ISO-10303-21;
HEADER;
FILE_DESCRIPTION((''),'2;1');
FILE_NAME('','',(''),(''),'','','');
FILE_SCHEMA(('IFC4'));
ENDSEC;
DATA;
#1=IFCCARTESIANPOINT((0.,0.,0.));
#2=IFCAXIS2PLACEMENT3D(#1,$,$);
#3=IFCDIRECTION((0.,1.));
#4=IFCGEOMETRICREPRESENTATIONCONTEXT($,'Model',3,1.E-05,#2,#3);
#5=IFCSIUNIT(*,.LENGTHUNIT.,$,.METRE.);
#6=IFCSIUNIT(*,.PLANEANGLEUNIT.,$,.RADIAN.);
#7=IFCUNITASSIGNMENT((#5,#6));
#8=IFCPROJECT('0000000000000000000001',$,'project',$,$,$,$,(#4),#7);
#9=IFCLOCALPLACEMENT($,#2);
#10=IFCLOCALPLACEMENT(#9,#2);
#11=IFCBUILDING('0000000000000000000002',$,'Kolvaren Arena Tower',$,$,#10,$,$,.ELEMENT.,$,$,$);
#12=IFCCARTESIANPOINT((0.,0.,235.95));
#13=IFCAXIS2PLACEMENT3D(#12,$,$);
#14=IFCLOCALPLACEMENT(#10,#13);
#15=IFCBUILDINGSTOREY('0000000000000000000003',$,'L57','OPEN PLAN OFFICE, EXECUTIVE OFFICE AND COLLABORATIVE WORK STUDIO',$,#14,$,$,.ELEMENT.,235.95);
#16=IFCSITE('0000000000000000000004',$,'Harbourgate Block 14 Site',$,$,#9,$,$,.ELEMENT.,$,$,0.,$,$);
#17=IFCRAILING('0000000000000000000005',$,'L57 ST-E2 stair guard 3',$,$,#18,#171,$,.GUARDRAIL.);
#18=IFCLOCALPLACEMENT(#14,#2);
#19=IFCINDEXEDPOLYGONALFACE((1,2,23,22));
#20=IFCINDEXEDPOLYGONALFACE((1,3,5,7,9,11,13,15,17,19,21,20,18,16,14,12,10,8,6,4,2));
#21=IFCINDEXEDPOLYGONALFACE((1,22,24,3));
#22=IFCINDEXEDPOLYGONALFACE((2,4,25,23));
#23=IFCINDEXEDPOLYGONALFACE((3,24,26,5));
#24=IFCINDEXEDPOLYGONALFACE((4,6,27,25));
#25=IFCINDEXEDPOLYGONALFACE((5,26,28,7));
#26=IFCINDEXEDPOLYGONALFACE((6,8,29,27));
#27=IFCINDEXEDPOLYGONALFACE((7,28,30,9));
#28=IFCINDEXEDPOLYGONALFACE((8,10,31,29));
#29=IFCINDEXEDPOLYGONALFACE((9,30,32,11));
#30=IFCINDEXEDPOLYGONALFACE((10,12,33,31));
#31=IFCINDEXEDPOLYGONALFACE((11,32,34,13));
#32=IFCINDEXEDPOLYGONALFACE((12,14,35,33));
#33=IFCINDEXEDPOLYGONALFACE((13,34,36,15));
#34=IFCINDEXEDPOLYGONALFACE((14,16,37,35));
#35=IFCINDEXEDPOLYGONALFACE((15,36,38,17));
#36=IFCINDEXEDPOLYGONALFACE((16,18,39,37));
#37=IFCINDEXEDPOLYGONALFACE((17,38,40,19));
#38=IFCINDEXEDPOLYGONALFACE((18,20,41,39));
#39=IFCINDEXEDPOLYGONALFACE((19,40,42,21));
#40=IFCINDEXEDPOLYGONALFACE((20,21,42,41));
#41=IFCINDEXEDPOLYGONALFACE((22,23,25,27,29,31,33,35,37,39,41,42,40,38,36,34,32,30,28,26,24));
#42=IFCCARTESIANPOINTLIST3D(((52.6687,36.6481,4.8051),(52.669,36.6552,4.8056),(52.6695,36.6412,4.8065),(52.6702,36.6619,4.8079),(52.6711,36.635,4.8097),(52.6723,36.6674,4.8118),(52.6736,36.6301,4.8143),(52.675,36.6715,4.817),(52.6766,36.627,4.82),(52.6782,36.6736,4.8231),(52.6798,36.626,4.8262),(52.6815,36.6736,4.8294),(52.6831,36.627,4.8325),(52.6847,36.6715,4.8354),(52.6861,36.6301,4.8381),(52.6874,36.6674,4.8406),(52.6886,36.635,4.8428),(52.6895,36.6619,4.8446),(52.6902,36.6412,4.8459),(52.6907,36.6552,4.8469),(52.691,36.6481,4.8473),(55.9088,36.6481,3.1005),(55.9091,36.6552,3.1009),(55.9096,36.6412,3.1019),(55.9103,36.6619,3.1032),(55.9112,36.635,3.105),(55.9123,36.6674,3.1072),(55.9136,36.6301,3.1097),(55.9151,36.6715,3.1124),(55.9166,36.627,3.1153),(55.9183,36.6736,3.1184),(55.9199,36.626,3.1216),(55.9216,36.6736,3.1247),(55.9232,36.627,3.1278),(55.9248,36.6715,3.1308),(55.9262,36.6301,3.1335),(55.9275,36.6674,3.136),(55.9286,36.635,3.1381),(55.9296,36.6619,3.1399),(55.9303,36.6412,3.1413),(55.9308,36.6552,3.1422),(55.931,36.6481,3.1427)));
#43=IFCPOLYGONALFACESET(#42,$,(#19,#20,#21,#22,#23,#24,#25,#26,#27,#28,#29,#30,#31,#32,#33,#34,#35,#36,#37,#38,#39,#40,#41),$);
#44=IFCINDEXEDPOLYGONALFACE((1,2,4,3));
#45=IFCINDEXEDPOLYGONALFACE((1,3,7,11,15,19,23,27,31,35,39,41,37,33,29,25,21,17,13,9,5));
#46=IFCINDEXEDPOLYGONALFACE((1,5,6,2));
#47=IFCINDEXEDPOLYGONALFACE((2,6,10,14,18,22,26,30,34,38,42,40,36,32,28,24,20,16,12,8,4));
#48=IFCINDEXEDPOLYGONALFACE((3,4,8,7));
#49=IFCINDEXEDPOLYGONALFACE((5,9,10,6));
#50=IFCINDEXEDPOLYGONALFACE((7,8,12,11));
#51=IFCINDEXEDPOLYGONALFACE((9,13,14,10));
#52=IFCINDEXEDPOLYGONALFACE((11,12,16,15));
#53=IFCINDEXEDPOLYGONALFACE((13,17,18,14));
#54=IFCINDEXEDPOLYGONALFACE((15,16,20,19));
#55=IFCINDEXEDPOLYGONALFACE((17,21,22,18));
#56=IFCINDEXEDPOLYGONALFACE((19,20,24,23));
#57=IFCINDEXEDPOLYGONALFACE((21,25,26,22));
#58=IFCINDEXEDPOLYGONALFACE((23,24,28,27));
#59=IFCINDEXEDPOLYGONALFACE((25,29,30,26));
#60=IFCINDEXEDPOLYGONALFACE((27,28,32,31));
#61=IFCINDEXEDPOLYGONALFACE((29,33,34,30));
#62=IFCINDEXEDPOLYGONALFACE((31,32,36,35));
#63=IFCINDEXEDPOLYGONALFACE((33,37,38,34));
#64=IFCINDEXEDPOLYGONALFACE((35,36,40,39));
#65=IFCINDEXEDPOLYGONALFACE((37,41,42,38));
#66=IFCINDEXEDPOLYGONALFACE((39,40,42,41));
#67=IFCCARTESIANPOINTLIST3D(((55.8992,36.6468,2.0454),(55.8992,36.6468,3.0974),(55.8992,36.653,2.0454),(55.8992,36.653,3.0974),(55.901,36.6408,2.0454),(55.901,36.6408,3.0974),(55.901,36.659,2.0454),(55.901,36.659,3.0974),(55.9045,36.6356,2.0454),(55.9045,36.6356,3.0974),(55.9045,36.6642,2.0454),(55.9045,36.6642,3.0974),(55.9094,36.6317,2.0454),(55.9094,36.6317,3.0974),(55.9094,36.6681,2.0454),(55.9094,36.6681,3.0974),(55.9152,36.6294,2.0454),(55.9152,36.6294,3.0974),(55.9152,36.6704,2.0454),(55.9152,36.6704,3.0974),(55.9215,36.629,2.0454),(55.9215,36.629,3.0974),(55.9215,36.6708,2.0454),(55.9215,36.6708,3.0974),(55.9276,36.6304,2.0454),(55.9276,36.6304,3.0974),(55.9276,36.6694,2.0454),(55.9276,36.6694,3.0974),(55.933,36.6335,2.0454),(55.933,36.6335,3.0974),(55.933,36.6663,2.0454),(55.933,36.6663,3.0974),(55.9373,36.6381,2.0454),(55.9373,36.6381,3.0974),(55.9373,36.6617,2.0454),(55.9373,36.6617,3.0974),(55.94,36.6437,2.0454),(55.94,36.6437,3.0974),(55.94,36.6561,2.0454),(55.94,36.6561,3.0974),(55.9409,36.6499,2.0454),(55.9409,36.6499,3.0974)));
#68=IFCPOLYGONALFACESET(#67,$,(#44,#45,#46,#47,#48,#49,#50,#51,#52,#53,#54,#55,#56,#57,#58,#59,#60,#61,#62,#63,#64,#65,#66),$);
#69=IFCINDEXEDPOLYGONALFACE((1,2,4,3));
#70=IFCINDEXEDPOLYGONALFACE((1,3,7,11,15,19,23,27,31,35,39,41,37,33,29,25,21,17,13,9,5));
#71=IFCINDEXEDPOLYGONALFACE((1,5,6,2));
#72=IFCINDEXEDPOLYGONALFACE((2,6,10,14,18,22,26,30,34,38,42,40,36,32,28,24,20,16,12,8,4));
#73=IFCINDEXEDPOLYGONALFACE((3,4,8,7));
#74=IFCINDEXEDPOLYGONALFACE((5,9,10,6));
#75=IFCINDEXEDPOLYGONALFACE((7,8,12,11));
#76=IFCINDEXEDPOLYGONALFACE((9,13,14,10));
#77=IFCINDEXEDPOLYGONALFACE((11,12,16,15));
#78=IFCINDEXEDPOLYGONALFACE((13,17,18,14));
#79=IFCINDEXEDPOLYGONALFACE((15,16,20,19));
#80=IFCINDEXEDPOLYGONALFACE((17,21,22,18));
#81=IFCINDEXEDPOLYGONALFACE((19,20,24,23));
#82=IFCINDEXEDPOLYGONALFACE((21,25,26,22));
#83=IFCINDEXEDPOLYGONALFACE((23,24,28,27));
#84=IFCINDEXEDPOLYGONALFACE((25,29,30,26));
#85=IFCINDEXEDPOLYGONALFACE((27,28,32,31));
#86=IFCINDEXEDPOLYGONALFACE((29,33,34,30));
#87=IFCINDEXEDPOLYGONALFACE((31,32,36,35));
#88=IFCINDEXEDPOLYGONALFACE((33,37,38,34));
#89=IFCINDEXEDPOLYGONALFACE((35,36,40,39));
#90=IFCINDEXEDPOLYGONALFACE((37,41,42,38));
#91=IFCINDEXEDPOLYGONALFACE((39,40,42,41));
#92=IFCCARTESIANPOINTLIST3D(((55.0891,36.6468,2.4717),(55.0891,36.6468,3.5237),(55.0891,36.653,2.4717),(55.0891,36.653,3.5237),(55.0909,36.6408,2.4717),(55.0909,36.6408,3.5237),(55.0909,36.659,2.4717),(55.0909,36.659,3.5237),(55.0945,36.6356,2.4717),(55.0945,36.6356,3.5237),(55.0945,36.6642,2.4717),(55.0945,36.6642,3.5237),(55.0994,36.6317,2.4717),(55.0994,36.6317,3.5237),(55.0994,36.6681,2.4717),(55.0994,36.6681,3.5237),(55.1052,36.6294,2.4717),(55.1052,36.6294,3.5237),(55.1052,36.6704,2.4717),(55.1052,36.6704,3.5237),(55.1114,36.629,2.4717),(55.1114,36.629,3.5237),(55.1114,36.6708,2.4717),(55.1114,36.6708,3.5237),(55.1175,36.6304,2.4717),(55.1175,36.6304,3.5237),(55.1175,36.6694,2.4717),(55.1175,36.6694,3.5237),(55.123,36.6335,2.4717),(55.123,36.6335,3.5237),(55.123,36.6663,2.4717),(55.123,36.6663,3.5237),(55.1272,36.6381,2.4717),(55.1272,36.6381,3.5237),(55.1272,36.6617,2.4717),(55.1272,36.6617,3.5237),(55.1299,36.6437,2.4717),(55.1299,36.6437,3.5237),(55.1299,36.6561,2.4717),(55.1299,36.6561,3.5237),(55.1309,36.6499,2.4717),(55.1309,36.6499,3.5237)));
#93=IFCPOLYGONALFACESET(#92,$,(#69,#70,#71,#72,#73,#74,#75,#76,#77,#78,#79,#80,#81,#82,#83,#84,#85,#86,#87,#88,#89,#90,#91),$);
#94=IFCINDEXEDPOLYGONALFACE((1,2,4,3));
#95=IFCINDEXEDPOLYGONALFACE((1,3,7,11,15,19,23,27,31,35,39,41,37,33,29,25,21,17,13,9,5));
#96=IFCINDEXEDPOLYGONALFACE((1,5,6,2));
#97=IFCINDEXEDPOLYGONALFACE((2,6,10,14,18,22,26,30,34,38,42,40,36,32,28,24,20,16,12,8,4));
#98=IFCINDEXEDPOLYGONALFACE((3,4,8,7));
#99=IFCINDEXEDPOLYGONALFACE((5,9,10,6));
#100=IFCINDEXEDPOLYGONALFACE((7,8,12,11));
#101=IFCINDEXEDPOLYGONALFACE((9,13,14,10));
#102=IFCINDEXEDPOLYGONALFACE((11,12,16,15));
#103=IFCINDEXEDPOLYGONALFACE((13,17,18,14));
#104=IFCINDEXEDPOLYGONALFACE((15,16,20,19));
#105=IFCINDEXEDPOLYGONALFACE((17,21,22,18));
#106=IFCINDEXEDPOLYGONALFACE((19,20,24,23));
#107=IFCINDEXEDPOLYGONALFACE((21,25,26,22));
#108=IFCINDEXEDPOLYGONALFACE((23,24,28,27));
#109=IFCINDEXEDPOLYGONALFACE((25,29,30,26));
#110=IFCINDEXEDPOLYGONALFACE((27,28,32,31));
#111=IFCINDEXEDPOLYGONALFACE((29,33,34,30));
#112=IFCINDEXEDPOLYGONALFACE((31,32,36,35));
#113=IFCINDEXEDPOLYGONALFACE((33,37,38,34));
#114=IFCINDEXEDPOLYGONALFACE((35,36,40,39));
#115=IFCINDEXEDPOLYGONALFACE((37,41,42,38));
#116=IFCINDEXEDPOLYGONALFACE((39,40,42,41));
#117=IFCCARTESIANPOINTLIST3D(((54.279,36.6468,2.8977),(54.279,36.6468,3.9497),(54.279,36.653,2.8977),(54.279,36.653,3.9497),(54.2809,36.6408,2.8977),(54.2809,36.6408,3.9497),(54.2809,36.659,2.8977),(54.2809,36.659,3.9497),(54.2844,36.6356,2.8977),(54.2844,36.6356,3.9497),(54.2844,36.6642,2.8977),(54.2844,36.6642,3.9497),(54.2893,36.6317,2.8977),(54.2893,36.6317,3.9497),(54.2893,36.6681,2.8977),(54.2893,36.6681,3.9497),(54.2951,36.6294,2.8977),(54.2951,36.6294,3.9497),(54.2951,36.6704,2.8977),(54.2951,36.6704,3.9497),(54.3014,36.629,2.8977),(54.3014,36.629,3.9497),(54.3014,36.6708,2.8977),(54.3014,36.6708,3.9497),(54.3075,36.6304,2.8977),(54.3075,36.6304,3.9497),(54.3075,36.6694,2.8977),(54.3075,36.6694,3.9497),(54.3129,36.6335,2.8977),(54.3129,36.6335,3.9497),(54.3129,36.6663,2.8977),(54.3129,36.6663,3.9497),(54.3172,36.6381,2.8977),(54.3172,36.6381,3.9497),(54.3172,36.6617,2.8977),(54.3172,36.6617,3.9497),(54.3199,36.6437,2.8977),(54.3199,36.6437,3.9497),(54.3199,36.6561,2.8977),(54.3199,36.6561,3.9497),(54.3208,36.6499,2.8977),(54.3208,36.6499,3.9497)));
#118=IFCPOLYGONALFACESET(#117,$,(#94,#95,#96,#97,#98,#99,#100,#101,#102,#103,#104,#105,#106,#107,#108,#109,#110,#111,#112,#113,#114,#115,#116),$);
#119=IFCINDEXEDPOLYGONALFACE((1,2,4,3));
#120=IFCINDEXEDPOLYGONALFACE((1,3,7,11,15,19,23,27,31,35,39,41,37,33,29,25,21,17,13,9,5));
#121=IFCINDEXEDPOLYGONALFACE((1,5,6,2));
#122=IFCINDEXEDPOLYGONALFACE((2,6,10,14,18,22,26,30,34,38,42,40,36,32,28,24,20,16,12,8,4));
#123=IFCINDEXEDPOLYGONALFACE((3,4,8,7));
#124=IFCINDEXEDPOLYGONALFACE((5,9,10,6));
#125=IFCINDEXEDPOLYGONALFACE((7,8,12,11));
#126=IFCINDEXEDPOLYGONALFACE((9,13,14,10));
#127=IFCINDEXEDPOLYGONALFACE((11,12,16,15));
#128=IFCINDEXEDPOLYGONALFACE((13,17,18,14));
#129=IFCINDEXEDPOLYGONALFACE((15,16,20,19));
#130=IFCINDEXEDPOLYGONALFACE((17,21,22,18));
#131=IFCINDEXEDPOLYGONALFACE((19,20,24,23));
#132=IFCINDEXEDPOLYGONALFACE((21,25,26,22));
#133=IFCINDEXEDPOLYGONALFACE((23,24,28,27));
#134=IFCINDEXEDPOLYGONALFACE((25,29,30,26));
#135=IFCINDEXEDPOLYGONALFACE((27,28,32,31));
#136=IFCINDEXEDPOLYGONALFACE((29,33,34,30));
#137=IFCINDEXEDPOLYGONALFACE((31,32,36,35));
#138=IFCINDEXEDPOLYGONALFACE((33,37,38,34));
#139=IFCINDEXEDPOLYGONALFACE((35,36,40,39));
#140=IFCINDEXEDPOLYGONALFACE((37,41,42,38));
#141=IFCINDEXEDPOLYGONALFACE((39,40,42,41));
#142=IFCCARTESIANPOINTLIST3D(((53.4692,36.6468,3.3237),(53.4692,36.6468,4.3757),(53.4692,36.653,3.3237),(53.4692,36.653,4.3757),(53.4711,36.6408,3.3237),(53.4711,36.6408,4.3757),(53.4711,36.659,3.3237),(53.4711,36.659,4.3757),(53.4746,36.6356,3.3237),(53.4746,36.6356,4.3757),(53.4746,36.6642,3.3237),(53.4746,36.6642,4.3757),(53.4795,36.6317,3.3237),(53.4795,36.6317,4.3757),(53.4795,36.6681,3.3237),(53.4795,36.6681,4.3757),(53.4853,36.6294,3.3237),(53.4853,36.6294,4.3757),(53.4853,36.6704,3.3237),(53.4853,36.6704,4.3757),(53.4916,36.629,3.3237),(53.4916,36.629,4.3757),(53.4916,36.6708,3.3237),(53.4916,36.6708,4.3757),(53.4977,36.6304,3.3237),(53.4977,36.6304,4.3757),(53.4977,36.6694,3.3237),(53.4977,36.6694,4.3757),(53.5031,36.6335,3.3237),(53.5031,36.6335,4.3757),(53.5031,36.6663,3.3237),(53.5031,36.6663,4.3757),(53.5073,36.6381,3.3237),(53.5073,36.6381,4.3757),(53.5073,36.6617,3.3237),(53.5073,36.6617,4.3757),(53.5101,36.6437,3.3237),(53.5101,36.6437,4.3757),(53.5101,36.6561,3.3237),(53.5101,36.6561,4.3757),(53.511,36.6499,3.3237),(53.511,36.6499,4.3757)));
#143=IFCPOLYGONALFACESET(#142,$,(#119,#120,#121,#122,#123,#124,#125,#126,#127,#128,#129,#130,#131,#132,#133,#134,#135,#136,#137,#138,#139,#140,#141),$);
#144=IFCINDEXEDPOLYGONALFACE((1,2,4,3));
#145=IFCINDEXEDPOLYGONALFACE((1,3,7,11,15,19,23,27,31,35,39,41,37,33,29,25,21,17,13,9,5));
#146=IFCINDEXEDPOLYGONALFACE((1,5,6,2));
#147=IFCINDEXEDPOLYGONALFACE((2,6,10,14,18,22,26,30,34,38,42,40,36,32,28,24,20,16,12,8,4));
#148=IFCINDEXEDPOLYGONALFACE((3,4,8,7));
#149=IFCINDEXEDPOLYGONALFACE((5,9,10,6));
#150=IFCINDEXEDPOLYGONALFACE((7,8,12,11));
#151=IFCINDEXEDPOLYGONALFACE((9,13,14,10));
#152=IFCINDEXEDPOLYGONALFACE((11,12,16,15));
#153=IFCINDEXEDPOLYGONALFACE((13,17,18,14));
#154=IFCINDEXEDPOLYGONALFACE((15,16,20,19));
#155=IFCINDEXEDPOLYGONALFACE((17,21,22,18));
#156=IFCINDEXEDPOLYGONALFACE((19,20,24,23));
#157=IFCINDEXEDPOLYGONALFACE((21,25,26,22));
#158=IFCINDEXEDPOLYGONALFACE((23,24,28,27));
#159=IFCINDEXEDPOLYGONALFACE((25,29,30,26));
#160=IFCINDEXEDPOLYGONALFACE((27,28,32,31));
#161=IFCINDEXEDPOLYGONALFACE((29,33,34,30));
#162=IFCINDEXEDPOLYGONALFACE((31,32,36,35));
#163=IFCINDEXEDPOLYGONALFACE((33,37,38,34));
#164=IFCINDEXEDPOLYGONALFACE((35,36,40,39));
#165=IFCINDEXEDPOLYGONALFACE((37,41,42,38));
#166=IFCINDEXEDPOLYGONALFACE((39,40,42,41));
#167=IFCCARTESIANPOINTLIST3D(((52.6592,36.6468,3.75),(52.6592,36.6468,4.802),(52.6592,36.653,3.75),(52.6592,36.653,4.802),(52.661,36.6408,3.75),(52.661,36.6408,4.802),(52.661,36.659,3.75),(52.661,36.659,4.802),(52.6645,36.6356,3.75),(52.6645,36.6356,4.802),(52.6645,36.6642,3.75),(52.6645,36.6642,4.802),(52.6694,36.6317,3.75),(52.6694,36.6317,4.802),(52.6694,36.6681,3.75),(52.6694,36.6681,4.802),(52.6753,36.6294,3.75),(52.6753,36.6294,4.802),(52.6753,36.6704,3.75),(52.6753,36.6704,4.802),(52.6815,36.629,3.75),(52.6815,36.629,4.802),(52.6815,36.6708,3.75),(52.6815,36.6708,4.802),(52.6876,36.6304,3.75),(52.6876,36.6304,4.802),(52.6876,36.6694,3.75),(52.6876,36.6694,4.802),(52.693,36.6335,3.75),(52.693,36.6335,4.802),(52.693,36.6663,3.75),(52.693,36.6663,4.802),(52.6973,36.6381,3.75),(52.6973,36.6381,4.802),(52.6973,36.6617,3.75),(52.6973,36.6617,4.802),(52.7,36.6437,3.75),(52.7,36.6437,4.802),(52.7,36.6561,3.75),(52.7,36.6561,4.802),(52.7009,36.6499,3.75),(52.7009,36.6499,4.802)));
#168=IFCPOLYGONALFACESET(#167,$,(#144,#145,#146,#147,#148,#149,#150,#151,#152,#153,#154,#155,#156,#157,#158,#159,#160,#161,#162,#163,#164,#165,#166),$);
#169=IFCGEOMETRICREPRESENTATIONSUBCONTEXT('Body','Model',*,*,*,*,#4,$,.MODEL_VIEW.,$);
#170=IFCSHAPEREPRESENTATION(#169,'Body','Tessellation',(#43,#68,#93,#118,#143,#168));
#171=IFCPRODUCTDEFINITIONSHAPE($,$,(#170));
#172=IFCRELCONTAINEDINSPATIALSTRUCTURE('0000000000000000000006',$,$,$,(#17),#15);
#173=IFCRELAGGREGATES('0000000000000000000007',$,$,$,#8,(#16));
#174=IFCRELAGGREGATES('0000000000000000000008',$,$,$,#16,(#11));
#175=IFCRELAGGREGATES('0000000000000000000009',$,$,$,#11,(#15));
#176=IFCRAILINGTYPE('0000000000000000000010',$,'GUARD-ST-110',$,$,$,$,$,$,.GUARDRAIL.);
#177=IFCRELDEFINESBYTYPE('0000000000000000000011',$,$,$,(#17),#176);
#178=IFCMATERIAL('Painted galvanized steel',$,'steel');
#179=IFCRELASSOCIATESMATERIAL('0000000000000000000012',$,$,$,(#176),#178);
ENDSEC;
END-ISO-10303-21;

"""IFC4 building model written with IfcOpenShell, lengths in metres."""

from ifc_helpers import new_model, si_unit, direction, frame, origin, origin_2d, place, context, subcontext, project, spatial, circle, extrude, material, type_object, element, save


model = new_model("IFC4")

# Units and contexts
model_context = context("Model", 3, precision=1e-05, world=origin(), true_north=direction((0.0, 1.0)))
body_context = subcontext(model_context, "Body", "Model", "MODEL_VIEW")
ifc_project = project(units=[si_unit("LENGTHUNIT", "METRE"), si_unit("PLANEANGLEUNIT", "RADIAN")], contexts=[model_context])

# Site, building, storey
site_placement = place(None, origin())
site = spatial("IfcSite", under=ifc_project, at=site_placement, Name="Harbourgate Block 14 Site", CompositionType="ELEMENT", RefElevation=0.0)
building_placement = place(site_placement, origin())
building = spatial("IfcBuilding", under=site, at=building_placement, Name="Kolvaren Arena Tower", CompositionType="ELEMENT")
storey_placement = place(building_placement, frame((0.0, 0.0, 235.95)))
storey = spatial("IfcBuildingStorey", under=building, at=storey_placement, Name="L57", Description="OPEN PLAN OFFICE, EXECUTIVE OFFICE AND COLLABORATIVE WORK STUDIO", CompositionType="ELEMENT", Elevation=235.95)

# Railing
ifc_material_1 = material(Name="Painted galvanized steel", Category="steel")
railing_type = type_object("IfcRailingType", Name="GUARD-ST-110", PredefinedType="GUARDRAIL", material=ifc_material_1)
railing_1_placement = place(storey_placement, frame((55.9199, 36.6499, 2.0454)))
element("IfcRailing", 1, at=railing_1_placement, inside=storey, type_object=railing_type, Name="L57 ST-E2 stair guard 3", PredefinedType="GUARDRAIL", context=body_context, shape_type="SweptSolid", body=[
    extrude(circle(Radius=0.0239, at=origin_2d()), frame((0.0, 0.0, 1.0762), z_axis=(-0.884993, 0.0, 0.465604), x_axis=(0.0, -1.0, 0.0)), (0.0, 0.0, 1.0), 3.6611),
    extrude(circle(Radius=0.021, at=origin_2d()), origin(), (0.0, 0.0, 1.0), 1.052),
    extrude(circle(Radius=0.021, at=origin_2d()), frame((-0.8101, 0.0, 0.4263)), (0.0, 0.0, 1.0), 1.052),
    extrude(circle(Radius=0.021, at=origin_2d()), frame((-1.6201, 0.0, 0.8523)), (0.0, 0.0, 1.0), 1.052),
    extrude(circle(Radius=0.021, at=origin_2d()), frame((-2.4299, 0.0, 1.2783)), (0.0, 0.0, 1.0), 1.052),
    extrude(circle(Radius=0.021, at=origin_2d()), frame((-3.24, 0.0, 1.7046)), (0.0, 0.0, 1.0), 1.052),
])

save(model, "model.ifc")
